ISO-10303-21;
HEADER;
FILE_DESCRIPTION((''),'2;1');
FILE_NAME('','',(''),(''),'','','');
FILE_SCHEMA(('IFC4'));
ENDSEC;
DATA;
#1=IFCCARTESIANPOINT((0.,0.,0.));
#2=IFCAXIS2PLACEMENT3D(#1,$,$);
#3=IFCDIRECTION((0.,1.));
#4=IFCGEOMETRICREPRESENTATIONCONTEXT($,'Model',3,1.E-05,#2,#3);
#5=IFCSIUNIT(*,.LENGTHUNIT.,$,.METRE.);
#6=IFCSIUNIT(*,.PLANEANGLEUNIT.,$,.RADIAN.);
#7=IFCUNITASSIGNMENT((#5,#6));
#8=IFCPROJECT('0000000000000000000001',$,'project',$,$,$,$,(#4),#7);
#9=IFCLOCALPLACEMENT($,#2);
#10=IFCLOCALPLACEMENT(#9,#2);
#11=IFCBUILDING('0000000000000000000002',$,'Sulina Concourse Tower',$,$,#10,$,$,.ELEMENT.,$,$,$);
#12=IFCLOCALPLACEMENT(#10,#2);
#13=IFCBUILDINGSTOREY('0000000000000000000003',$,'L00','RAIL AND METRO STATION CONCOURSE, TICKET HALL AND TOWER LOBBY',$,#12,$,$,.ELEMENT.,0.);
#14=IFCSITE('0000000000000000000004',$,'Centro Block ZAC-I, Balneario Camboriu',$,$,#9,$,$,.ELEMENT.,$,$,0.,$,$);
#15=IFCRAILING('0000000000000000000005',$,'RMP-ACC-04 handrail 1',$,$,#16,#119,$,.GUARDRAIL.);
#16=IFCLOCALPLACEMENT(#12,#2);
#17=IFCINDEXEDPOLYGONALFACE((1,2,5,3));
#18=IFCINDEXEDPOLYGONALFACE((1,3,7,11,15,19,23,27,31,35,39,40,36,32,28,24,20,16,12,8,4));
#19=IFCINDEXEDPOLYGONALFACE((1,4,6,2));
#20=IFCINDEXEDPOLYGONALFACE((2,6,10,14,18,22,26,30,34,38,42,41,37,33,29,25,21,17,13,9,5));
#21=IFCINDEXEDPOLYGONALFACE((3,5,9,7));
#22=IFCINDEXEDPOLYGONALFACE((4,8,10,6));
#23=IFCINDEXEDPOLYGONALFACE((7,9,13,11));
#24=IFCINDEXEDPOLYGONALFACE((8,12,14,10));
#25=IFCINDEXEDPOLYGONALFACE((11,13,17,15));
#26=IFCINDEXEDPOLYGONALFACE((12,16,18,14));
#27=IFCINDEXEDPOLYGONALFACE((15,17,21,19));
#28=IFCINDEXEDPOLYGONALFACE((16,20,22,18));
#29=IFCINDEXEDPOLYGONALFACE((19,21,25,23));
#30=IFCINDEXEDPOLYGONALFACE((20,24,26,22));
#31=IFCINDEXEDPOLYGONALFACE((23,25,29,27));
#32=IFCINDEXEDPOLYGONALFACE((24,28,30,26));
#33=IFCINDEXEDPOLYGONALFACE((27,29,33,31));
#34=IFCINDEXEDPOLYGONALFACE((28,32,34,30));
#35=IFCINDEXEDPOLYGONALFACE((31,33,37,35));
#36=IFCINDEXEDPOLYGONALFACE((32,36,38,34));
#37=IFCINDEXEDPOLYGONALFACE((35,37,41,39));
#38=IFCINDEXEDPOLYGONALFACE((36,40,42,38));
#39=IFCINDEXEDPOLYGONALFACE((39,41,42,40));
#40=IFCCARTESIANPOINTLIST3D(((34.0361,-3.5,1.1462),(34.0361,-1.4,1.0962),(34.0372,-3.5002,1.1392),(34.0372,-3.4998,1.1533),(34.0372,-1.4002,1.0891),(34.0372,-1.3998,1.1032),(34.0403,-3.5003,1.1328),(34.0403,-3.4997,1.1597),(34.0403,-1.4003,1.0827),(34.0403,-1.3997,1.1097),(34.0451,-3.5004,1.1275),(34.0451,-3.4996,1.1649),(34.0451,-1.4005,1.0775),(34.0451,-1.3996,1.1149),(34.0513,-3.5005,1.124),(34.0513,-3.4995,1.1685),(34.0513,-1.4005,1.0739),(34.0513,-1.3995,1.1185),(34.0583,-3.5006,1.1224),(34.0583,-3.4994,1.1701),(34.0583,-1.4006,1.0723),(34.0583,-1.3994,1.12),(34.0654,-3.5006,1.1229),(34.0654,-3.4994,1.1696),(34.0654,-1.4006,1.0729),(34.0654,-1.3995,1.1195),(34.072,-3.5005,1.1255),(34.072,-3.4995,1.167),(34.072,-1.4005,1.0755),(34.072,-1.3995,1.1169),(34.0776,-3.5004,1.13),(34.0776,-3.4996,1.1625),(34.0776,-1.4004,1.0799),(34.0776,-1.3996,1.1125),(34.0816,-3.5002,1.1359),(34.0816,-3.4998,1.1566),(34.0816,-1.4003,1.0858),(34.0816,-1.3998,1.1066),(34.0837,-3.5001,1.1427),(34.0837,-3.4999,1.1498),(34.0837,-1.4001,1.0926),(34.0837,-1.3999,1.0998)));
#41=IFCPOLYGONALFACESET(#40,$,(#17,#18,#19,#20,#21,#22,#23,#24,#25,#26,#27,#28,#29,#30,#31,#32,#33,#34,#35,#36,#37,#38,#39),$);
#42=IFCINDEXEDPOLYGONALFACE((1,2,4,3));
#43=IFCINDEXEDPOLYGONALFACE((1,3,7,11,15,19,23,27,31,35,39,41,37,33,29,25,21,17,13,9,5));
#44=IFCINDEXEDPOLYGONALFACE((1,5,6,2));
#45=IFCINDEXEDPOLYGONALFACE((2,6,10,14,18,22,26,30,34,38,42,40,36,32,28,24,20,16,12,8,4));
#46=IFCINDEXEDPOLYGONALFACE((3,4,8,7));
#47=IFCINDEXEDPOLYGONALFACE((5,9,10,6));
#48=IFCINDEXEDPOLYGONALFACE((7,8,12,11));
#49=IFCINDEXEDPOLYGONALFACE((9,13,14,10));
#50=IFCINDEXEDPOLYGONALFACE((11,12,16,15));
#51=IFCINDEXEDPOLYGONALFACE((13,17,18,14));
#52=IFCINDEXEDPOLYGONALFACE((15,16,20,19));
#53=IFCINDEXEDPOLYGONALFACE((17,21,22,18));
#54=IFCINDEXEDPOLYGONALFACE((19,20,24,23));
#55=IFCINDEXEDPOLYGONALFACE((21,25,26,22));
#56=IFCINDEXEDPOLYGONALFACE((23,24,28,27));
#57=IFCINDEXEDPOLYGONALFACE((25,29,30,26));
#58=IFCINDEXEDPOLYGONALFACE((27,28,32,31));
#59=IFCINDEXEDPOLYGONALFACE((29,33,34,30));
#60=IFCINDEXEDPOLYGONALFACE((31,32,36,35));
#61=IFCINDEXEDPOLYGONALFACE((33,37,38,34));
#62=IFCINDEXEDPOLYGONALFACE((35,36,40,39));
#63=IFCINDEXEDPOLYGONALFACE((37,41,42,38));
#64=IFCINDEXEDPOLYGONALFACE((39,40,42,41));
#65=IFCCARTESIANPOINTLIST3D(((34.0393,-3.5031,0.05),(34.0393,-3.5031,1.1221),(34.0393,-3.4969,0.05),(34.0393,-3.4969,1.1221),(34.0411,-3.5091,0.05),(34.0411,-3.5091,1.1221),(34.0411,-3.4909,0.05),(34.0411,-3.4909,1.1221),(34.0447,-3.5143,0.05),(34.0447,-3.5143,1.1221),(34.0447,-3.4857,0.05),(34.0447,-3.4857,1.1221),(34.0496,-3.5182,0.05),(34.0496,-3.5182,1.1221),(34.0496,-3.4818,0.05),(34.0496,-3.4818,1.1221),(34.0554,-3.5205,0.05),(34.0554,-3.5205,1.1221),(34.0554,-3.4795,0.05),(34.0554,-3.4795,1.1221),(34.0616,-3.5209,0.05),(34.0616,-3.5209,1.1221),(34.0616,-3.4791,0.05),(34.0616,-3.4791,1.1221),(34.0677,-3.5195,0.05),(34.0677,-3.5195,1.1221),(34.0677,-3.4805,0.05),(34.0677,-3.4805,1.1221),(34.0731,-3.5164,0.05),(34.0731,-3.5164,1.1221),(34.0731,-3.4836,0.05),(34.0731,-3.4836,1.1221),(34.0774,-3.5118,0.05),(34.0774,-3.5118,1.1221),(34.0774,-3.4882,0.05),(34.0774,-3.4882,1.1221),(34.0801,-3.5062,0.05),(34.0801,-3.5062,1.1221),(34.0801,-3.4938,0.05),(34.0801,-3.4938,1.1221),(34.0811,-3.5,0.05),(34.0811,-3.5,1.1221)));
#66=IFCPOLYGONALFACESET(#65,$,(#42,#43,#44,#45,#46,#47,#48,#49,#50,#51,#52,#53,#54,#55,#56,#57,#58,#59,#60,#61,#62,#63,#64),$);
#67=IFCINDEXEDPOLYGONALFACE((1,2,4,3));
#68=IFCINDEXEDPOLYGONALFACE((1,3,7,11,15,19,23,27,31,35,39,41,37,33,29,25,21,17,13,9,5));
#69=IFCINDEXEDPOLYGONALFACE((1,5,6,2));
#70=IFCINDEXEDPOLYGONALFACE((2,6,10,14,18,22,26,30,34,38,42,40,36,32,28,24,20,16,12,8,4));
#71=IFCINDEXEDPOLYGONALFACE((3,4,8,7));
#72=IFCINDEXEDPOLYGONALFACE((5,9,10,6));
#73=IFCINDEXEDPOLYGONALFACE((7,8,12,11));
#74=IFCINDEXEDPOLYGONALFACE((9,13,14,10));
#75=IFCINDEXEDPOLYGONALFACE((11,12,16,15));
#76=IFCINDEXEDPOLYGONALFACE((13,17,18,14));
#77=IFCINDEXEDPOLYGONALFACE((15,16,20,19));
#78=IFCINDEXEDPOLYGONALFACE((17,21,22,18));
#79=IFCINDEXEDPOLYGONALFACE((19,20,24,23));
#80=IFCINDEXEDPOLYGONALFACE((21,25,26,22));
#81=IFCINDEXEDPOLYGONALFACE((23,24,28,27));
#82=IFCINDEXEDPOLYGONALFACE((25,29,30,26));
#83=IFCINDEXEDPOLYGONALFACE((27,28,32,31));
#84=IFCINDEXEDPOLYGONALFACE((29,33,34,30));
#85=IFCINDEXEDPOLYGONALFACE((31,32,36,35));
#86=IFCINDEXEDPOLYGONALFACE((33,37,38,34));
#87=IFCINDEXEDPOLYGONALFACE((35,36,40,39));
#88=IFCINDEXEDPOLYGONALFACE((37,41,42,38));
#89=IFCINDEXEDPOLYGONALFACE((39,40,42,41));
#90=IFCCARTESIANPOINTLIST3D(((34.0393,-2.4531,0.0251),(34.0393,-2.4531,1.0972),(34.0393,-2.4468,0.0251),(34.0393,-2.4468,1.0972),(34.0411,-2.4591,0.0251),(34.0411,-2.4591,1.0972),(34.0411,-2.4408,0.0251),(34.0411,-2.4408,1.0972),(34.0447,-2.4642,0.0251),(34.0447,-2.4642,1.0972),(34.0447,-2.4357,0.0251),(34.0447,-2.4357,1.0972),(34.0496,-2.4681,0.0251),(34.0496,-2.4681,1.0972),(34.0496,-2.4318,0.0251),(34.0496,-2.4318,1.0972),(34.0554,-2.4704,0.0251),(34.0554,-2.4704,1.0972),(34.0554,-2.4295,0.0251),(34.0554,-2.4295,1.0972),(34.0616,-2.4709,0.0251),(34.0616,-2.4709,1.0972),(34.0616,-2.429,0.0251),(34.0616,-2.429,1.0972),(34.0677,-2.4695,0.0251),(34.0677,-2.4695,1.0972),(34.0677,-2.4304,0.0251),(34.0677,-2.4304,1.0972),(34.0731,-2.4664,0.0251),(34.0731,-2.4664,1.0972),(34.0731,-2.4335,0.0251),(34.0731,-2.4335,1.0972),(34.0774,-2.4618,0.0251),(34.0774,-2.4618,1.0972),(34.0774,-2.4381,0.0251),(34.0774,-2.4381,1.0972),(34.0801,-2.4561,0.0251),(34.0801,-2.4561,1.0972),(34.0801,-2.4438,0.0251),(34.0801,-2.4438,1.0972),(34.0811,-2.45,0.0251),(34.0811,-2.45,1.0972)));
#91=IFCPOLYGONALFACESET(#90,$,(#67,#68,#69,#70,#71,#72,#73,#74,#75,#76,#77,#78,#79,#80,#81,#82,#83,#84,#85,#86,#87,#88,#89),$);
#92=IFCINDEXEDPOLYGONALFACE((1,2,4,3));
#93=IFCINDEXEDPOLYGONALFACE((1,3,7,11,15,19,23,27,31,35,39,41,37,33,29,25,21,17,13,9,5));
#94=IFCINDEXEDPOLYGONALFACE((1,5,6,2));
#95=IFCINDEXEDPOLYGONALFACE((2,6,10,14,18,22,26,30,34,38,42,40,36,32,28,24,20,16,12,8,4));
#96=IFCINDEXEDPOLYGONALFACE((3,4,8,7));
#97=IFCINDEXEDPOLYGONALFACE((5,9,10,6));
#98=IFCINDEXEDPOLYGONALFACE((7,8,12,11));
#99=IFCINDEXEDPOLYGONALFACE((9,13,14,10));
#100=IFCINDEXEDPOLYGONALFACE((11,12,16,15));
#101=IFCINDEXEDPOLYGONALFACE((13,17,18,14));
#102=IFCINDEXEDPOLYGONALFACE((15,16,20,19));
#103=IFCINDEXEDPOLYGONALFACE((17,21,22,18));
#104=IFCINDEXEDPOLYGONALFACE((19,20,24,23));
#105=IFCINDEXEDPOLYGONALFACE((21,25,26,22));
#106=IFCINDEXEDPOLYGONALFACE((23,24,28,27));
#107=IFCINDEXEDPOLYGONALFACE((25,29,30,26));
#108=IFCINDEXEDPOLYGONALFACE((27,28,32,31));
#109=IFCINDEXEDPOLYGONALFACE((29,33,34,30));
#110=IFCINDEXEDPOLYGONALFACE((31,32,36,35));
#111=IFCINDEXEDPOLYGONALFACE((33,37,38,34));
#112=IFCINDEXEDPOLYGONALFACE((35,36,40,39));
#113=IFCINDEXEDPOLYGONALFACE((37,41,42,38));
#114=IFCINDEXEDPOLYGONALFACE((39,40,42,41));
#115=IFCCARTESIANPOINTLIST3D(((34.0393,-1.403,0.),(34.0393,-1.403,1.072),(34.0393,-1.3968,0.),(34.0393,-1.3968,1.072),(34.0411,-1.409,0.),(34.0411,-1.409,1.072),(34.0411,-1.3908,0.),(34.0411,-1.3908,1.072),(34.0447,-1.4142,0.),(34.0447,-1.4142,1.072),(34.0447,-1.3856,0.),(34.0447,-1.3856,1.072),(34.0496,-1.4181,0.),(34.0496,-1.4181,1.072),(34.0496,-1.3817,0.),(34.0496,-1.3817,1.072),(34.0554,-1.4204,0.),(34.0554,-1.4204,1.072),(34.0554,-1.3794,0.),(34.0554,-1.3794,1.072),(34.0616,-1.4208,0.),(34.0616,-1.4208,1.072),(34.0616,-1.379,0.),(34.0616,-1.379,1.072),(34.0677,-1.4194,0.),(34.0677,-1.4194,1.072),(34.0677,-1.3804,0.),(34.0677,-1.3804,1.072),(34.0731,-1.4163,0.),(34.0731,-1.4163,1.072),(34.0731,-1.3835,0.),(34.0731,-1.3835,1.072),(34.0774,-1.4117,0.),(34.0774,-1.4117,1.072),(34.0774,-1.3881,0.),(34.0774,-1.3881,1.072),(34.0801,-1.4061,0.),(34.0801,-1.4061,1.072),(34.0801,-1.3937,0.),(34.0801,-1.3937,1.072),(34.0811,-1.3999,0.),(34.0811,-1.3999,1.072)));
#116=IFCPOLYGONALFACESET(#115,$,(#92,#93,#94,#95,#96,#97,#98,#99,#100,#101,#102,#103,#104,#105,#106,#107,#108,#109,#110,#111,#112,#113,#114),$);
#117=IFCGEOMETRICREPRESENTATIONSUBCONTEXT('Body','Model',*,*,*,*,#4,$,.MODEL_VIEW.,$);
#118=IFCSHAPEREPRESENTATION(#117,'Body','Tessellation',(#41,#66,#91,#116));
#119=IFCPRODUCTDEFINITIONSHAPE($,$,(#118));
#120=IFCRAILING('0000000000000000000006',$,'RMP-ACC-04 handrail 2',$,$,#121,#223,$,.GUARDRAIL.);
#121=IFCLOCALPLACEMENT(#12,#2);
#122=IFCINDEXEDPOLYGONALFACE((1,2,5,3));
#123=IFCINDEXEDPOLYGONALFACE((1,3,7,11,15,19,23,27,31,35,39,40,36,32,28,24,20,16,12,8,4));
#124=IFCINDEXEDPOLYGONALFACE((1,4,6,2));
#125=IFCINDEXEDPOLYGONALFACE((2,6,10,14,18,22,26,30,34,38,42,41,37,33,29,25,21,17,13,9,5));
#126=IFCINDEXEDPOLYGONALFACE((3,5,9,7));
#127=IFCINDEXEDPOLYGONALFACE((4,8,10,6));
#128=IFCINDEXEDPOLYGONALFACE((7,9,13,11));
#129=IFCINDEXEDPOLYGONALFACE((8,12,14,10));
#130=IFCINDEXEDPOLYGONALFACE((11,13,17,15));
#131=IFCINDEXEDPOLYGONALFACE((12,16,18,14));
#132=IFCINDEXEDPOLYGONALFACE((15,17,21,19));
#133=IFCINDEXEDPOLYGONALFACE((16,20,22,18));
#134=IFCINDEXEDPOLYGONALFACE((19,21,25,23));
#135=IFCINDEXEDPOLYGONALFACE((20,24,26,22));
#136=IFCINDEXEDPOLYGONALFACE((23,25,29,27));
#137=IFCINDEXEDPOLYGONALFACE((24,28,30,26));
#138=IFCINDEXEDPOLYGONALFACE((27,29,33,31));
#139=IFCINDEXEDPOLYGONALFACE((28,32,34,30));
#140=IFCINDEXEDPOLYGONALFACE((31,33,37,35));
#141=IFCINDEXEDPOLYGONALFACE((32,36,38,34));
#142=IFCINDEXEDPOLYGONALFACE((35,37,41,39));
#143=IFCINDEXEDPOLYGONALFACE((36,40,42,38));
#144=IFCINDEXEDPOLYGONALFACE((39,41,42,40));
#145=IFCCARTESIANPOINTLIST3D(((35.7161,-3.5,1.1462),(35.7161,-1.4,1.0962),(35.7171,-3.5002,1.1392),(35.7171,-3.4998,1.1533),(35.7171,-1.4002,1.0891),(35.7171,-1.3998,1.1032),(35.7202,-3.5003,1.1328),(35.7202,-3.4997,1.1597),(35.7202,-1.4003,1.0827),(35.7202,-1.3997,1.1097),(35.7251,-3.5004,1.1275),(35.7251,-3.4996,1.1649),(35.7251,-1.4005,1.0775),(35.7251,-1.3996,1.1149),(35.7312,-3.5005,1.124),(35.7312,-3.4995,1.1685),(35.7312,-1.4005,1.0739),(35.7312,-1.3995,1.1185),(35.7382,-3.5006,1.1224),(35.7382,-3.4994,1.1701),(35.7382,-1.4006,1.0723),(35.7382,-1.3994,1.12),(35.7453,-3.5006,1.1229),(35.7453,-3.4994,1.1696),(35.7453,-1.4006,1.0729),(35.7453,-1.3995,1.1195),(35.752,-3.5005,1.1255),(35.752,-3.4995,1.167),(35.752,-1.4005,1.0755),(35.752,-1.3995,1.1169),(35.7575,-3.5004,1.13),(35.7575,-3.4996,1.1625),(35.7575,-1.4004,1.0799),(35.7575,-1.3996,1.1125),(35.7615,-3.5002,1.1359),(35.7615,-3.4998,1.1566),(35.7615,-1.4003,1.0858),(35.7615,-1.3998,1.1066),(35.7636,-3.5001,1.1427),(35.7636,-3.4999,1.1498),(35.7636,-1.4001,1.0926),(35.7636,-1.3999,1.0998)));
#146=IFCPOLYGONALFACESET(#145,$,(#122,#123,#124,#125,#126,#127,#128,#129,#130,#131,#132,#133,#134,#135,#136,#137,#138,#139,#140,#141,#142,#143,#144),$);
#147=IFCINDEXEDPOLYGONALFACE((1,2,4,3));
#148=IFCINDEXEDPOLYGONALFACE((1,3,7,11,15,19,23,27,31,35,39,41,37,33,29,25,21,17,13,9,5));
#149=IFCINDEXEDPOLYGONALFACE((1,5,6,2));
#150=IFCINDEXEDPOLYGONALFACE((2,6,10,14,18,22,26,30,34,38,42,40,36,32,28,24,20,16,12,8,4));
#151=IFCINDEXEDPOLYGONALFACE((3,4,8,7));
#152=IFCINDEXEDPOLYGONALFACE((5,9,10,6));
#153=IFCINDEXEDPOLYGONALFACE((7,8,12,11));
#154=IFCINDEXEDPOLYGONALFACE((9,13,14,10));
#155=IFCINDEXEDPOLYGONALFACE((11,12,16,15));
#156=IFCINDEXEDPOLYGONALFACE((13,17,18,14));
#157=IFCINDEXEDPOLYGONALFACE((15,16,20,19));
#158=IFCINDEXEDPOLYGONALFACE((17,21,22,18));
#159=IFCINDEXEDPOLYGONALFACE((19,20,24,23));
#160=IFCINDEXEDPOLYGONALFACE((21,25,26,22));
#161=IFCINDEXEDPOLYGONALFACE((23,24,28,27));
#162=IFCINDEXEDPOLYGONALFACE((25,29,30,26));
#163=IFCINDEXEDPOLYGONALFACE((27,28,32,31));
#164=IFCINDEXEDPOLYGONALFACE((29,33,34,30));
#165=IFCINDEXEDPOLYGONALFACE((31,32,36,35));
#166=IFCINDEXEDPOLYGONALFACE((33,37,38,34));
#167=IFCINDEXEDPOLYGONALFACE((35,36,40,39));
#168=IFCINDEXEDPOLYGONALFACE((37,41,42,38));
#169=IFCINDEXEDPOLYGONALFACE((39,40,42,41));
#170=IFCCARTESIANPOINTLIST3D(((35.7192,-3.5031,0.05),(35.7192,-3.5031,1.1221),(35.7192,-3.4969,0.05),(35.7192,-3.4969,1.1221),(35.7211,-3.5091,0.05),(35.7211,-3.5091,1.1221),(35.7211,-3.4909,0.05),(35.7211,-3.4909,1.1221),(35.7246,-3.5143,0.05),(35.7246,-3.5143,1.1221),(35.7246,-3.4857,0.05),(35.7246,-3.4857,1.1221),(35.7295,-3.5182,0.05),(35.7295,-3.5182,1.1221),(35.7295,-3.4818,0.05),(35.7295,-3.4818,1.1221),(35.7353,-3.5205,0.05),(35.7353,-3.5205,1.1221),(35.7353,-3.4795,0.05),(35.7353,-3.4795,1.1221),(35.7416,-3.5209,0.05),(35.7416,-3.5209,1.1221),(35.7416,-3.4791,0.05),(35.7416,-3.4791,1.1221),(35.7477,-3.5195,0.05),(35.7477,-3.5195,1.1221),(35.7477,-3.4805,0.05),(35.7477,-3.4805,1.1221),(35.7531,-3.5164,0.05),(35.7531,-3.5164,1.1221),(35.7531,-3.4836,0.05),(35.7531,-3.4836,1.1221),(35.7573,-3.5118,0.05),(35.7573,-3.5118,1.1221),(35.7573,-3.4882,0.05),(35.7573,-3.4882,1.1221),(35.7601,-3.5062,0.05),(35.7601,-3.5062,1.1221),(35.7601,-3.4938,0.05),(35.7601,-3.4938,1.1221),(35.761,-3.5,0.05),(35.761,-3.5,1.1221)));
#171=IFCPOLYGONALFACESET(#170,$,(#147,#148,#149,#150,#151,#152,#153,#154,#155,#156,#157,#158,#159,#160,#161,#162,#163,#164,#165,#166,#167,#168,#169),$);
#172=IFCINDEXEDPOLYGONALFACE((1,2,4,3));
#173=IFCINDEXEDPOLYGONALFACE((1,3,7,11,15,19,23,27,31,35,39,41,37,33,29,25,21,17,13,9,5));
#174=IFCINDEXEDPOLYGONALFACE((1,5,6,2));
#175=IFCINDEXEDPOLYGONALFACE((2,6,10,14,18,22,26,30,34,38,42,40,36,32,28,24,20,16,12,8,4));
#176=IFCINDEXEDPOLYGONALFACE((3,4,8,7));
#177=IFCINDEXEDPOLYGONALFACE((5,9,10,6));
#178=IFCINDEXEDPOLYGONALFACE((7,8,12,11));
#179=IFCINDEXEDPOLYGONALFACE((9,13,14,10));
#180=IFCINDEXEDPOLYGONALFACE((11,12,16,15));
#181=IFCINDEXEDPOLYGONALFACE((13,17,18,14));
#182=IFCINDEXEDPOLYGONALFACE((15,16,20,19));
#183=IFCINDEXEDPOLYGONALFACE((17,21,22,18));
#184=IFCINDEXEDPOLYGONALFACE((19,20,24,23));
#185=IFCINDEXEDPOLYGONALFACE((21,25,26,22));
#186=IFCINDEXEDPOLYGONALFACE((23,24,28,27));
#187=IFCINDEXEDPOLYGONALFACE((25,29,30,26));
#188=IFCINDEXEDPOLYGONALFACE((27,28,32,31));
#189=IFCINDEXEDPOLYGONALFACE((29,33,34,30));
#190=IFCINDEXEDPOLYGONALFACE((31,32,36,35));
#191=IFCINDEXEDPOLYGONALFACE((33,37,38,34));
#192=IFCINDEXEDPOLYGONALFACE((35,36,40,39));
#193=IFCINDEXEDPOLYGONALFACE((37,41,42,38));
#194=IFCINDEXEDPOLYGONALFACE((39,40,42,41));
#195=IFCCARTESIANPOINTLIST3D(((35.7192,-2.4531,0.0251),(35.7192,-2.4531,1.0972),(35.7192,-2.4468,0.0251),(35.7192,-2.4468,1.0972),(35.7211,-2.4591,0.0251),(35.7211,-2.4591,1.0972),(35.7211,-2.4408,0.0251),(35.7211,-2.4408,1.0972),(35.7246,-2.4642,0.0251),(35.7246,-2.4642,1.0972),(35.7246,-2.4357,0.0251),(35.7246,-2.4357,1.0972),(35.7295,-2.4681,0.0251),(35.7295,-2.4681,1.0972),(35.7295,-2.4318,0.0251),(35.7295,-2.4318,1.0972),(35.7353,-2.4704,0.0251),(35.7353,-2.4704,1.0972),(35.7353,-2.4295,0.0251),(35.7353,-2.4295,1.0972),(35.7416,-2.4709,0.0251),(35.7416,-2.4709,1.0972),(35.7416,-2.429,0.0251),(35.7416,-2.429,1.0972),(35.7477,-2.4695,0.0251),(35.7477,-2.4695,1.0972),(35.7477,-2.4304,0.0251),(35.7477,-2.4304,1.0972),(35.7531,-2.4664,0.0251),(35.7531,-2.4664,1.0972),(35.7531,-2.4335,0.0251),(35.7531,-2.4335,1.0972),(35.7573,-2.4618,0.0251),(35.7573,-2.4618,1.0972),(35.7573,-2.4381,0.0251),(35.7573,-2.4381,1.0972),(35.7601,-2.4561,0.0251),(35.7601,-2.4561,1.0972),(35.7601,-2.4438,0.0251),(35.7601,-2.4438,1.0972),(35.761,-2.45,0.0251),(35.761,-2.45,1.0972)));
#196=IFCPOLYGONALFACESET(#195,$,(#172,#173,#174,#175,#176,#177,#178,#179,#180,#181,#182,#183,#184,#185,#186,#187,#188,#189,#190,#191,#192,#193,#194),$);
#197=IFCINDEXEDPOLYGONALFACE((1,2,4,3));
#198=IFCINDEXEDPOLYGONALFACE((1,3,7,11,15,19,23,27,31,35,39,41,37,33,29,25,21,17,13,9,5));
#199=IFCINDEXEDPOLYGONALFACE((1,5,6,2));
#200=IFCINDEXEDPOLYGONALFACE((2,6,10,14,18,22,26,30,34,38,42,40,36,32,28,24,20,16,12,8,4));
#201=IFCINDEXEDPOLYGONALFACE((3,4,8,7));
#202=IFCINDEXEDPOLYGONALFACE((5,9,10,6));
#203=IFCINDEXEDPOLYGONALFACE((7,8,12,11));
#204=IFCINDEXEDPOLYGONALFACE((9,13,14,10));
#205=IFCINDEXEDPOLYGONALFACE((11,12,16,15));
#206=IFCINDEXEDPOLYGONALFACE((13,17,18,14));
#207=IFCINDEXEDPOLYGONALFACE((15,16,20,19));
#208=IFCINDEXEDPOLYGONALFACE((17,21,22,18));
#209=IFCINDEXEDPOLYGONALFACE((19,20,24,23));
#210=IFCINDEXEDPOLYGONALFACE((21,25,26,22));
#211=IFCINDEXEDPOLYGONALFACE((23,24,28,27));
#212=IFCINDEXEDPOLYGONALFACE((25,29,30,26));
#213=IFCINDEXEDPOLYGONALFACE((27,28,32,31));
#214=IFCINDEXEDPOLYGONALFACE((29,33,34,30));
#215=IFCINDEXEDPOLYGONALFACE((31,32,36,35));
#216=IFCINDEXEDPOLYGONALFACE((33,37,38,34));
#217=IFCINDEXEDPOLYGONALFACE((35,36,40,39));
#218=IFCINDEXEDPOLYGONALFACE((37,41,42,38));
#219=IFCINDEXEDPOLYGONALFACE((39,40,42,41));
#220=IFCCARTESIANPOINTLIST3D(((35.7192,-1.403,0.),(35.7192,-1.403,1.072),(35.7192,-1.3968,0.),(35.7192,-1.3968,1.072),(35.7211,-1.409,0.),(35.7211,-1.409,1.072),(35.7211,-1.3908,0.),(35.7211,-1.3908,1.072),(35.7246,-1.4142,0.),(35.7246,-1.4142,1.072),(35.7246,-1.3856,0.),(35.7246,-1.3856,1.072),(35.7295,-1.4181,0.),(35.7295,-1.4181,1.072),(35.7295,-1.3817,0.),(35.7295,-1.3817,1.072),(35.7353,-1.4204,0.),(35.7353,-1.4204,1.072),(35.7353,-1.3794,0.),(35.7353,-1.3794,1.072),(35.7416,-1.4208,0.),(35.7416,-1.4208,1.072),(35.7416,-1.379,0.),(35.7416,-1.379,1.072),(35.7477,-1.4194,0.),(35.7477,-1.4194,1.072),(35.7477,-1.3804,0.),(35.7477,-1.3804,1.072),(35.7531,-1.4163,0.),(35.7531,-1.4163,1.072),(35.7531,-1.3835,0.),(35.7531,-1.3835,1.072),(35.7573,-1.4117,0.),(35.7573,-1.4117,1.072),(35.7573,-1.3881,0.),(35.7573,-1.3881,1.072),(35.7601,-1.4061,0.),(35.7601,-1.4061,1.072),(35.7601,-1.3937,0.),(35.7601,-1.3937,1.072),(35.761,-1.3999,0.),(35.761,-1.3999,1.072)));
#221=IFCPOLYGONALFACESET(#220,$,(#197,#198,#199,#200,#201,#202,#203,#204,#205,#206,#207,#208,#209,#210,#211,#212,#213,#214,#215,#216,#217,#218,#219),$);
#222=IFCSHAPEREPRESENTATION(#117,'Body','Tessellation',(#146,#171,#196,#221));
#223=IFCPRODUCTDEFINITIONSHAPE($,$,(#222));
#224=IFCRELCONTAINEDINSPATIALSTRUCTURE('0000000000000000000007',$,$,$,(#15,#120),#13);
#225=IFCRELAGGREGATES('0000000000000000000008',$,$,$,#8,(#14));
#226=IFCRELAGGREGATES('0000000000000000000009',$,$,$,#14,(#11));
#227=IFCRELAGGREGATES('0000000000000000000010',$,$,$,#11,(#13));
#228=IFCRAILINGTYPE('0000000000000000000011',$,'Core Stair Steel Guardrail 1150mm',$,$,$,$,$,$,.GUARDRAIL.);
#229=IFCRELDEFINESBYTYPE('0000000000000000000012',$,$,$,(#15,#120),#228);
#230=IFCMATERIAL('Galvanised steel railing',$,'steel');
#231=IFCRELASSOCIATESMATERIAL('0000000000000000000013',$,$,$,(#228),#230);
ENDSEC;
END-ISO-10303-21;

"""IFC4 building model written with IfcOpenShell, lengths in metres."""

from ifc_helpers import new_model, si_unit, direction, frame, origin, origin_2d, place, context, subcontext, project, spatial, circle, extrude, material, type_object, element, save


model = new_model("IFC4")

# Units and contexts
model_context = context("Model", 3, precision=1e-05, world=origin(), true_north=direction((0.0, 1.0)))
body_context = subcontext(model_context, "Body", "Model", "MODEL_VIEW")
ifc_project = project(units=[si_unit("LENGTHUNIT", "METRE"), si_unit("PLANEANGLEUNIT", "RADIAN")], contexts=[model_context])

# Site, building, storey
site_placement = place(None, origin())
site = spatial("IfcSite", under=ifc_project, at=site_placement, Name="Centro Block ZAC-I, Balneario Camboriu", CompositionType="ELEMENT", RefElevation=0.0)
building_placement = place(site_placement, origin())
building = spatial("IfcBuilding", under=site, at=building_placement, Name="Sulina Concourse Tower", CompositionType="ELEMENT")
storey_placement = place(building_placement, origin())
storey = spatial("IfcBuildingStorey", under=building, at=storey_placement, Name="L00", Description="RAIL AND METRO STATION CONCOURSE, TICKET HALL AND TOWER LOBBY", CompositionType="ELEMENT", Elevation=0.0)

# Railings
ifc_material_1 = material(Name="Galvanised steel railing", Category="steel")
railing_type = type_object("IfcRailingType", Name="Core Stair Steel Guardrail 1150mm", PredefinedType="GUARDRAIL", material=ifc_material_1)
for number, where, name in (
    (1, (34.0601, -3.5, 0.05), "RMP-ACC-04 handrail 1"),
    (2, (35.74, -3.5, 0.05), "RMP-ACC-04 handrail 2"),
):
    element("IfcRailing", number, at=place(storey_placement, frame(where)), inside=storey, type_object=railing_type, Name=name, PredefinedType="GUARDRAIL", context=body_context, shape_type="SweptSolid", body=[
        extrude(circle(Radius=0.0239, at=origin_2d()), frame((0.0, 0.0, 1.0962), z_axis=(0.0, 0.999716, -0.023825), x_axis=(-1.0, 0.0, 0.0)), (0.0, 0.0, 1.0), 2.1006),
        extrude(circle(Radius=0.021, at=origin_2d()), origin(), (0.0, 0.0, 1.0), 1.072),
        extrude(circle(Radius=0.021, at=origin_2d()), frame((0.0, 1.05, -0.0249)), (0.0, 0.0, 1.0), 1.072),
        extrude(circle(Radius=0.021, at=origin_2d()), frame((0.0, 2.1001, -0.05)), (0.0, 0.0, 1.0), 1.072),
    ])

save(model, "model.ifc")
